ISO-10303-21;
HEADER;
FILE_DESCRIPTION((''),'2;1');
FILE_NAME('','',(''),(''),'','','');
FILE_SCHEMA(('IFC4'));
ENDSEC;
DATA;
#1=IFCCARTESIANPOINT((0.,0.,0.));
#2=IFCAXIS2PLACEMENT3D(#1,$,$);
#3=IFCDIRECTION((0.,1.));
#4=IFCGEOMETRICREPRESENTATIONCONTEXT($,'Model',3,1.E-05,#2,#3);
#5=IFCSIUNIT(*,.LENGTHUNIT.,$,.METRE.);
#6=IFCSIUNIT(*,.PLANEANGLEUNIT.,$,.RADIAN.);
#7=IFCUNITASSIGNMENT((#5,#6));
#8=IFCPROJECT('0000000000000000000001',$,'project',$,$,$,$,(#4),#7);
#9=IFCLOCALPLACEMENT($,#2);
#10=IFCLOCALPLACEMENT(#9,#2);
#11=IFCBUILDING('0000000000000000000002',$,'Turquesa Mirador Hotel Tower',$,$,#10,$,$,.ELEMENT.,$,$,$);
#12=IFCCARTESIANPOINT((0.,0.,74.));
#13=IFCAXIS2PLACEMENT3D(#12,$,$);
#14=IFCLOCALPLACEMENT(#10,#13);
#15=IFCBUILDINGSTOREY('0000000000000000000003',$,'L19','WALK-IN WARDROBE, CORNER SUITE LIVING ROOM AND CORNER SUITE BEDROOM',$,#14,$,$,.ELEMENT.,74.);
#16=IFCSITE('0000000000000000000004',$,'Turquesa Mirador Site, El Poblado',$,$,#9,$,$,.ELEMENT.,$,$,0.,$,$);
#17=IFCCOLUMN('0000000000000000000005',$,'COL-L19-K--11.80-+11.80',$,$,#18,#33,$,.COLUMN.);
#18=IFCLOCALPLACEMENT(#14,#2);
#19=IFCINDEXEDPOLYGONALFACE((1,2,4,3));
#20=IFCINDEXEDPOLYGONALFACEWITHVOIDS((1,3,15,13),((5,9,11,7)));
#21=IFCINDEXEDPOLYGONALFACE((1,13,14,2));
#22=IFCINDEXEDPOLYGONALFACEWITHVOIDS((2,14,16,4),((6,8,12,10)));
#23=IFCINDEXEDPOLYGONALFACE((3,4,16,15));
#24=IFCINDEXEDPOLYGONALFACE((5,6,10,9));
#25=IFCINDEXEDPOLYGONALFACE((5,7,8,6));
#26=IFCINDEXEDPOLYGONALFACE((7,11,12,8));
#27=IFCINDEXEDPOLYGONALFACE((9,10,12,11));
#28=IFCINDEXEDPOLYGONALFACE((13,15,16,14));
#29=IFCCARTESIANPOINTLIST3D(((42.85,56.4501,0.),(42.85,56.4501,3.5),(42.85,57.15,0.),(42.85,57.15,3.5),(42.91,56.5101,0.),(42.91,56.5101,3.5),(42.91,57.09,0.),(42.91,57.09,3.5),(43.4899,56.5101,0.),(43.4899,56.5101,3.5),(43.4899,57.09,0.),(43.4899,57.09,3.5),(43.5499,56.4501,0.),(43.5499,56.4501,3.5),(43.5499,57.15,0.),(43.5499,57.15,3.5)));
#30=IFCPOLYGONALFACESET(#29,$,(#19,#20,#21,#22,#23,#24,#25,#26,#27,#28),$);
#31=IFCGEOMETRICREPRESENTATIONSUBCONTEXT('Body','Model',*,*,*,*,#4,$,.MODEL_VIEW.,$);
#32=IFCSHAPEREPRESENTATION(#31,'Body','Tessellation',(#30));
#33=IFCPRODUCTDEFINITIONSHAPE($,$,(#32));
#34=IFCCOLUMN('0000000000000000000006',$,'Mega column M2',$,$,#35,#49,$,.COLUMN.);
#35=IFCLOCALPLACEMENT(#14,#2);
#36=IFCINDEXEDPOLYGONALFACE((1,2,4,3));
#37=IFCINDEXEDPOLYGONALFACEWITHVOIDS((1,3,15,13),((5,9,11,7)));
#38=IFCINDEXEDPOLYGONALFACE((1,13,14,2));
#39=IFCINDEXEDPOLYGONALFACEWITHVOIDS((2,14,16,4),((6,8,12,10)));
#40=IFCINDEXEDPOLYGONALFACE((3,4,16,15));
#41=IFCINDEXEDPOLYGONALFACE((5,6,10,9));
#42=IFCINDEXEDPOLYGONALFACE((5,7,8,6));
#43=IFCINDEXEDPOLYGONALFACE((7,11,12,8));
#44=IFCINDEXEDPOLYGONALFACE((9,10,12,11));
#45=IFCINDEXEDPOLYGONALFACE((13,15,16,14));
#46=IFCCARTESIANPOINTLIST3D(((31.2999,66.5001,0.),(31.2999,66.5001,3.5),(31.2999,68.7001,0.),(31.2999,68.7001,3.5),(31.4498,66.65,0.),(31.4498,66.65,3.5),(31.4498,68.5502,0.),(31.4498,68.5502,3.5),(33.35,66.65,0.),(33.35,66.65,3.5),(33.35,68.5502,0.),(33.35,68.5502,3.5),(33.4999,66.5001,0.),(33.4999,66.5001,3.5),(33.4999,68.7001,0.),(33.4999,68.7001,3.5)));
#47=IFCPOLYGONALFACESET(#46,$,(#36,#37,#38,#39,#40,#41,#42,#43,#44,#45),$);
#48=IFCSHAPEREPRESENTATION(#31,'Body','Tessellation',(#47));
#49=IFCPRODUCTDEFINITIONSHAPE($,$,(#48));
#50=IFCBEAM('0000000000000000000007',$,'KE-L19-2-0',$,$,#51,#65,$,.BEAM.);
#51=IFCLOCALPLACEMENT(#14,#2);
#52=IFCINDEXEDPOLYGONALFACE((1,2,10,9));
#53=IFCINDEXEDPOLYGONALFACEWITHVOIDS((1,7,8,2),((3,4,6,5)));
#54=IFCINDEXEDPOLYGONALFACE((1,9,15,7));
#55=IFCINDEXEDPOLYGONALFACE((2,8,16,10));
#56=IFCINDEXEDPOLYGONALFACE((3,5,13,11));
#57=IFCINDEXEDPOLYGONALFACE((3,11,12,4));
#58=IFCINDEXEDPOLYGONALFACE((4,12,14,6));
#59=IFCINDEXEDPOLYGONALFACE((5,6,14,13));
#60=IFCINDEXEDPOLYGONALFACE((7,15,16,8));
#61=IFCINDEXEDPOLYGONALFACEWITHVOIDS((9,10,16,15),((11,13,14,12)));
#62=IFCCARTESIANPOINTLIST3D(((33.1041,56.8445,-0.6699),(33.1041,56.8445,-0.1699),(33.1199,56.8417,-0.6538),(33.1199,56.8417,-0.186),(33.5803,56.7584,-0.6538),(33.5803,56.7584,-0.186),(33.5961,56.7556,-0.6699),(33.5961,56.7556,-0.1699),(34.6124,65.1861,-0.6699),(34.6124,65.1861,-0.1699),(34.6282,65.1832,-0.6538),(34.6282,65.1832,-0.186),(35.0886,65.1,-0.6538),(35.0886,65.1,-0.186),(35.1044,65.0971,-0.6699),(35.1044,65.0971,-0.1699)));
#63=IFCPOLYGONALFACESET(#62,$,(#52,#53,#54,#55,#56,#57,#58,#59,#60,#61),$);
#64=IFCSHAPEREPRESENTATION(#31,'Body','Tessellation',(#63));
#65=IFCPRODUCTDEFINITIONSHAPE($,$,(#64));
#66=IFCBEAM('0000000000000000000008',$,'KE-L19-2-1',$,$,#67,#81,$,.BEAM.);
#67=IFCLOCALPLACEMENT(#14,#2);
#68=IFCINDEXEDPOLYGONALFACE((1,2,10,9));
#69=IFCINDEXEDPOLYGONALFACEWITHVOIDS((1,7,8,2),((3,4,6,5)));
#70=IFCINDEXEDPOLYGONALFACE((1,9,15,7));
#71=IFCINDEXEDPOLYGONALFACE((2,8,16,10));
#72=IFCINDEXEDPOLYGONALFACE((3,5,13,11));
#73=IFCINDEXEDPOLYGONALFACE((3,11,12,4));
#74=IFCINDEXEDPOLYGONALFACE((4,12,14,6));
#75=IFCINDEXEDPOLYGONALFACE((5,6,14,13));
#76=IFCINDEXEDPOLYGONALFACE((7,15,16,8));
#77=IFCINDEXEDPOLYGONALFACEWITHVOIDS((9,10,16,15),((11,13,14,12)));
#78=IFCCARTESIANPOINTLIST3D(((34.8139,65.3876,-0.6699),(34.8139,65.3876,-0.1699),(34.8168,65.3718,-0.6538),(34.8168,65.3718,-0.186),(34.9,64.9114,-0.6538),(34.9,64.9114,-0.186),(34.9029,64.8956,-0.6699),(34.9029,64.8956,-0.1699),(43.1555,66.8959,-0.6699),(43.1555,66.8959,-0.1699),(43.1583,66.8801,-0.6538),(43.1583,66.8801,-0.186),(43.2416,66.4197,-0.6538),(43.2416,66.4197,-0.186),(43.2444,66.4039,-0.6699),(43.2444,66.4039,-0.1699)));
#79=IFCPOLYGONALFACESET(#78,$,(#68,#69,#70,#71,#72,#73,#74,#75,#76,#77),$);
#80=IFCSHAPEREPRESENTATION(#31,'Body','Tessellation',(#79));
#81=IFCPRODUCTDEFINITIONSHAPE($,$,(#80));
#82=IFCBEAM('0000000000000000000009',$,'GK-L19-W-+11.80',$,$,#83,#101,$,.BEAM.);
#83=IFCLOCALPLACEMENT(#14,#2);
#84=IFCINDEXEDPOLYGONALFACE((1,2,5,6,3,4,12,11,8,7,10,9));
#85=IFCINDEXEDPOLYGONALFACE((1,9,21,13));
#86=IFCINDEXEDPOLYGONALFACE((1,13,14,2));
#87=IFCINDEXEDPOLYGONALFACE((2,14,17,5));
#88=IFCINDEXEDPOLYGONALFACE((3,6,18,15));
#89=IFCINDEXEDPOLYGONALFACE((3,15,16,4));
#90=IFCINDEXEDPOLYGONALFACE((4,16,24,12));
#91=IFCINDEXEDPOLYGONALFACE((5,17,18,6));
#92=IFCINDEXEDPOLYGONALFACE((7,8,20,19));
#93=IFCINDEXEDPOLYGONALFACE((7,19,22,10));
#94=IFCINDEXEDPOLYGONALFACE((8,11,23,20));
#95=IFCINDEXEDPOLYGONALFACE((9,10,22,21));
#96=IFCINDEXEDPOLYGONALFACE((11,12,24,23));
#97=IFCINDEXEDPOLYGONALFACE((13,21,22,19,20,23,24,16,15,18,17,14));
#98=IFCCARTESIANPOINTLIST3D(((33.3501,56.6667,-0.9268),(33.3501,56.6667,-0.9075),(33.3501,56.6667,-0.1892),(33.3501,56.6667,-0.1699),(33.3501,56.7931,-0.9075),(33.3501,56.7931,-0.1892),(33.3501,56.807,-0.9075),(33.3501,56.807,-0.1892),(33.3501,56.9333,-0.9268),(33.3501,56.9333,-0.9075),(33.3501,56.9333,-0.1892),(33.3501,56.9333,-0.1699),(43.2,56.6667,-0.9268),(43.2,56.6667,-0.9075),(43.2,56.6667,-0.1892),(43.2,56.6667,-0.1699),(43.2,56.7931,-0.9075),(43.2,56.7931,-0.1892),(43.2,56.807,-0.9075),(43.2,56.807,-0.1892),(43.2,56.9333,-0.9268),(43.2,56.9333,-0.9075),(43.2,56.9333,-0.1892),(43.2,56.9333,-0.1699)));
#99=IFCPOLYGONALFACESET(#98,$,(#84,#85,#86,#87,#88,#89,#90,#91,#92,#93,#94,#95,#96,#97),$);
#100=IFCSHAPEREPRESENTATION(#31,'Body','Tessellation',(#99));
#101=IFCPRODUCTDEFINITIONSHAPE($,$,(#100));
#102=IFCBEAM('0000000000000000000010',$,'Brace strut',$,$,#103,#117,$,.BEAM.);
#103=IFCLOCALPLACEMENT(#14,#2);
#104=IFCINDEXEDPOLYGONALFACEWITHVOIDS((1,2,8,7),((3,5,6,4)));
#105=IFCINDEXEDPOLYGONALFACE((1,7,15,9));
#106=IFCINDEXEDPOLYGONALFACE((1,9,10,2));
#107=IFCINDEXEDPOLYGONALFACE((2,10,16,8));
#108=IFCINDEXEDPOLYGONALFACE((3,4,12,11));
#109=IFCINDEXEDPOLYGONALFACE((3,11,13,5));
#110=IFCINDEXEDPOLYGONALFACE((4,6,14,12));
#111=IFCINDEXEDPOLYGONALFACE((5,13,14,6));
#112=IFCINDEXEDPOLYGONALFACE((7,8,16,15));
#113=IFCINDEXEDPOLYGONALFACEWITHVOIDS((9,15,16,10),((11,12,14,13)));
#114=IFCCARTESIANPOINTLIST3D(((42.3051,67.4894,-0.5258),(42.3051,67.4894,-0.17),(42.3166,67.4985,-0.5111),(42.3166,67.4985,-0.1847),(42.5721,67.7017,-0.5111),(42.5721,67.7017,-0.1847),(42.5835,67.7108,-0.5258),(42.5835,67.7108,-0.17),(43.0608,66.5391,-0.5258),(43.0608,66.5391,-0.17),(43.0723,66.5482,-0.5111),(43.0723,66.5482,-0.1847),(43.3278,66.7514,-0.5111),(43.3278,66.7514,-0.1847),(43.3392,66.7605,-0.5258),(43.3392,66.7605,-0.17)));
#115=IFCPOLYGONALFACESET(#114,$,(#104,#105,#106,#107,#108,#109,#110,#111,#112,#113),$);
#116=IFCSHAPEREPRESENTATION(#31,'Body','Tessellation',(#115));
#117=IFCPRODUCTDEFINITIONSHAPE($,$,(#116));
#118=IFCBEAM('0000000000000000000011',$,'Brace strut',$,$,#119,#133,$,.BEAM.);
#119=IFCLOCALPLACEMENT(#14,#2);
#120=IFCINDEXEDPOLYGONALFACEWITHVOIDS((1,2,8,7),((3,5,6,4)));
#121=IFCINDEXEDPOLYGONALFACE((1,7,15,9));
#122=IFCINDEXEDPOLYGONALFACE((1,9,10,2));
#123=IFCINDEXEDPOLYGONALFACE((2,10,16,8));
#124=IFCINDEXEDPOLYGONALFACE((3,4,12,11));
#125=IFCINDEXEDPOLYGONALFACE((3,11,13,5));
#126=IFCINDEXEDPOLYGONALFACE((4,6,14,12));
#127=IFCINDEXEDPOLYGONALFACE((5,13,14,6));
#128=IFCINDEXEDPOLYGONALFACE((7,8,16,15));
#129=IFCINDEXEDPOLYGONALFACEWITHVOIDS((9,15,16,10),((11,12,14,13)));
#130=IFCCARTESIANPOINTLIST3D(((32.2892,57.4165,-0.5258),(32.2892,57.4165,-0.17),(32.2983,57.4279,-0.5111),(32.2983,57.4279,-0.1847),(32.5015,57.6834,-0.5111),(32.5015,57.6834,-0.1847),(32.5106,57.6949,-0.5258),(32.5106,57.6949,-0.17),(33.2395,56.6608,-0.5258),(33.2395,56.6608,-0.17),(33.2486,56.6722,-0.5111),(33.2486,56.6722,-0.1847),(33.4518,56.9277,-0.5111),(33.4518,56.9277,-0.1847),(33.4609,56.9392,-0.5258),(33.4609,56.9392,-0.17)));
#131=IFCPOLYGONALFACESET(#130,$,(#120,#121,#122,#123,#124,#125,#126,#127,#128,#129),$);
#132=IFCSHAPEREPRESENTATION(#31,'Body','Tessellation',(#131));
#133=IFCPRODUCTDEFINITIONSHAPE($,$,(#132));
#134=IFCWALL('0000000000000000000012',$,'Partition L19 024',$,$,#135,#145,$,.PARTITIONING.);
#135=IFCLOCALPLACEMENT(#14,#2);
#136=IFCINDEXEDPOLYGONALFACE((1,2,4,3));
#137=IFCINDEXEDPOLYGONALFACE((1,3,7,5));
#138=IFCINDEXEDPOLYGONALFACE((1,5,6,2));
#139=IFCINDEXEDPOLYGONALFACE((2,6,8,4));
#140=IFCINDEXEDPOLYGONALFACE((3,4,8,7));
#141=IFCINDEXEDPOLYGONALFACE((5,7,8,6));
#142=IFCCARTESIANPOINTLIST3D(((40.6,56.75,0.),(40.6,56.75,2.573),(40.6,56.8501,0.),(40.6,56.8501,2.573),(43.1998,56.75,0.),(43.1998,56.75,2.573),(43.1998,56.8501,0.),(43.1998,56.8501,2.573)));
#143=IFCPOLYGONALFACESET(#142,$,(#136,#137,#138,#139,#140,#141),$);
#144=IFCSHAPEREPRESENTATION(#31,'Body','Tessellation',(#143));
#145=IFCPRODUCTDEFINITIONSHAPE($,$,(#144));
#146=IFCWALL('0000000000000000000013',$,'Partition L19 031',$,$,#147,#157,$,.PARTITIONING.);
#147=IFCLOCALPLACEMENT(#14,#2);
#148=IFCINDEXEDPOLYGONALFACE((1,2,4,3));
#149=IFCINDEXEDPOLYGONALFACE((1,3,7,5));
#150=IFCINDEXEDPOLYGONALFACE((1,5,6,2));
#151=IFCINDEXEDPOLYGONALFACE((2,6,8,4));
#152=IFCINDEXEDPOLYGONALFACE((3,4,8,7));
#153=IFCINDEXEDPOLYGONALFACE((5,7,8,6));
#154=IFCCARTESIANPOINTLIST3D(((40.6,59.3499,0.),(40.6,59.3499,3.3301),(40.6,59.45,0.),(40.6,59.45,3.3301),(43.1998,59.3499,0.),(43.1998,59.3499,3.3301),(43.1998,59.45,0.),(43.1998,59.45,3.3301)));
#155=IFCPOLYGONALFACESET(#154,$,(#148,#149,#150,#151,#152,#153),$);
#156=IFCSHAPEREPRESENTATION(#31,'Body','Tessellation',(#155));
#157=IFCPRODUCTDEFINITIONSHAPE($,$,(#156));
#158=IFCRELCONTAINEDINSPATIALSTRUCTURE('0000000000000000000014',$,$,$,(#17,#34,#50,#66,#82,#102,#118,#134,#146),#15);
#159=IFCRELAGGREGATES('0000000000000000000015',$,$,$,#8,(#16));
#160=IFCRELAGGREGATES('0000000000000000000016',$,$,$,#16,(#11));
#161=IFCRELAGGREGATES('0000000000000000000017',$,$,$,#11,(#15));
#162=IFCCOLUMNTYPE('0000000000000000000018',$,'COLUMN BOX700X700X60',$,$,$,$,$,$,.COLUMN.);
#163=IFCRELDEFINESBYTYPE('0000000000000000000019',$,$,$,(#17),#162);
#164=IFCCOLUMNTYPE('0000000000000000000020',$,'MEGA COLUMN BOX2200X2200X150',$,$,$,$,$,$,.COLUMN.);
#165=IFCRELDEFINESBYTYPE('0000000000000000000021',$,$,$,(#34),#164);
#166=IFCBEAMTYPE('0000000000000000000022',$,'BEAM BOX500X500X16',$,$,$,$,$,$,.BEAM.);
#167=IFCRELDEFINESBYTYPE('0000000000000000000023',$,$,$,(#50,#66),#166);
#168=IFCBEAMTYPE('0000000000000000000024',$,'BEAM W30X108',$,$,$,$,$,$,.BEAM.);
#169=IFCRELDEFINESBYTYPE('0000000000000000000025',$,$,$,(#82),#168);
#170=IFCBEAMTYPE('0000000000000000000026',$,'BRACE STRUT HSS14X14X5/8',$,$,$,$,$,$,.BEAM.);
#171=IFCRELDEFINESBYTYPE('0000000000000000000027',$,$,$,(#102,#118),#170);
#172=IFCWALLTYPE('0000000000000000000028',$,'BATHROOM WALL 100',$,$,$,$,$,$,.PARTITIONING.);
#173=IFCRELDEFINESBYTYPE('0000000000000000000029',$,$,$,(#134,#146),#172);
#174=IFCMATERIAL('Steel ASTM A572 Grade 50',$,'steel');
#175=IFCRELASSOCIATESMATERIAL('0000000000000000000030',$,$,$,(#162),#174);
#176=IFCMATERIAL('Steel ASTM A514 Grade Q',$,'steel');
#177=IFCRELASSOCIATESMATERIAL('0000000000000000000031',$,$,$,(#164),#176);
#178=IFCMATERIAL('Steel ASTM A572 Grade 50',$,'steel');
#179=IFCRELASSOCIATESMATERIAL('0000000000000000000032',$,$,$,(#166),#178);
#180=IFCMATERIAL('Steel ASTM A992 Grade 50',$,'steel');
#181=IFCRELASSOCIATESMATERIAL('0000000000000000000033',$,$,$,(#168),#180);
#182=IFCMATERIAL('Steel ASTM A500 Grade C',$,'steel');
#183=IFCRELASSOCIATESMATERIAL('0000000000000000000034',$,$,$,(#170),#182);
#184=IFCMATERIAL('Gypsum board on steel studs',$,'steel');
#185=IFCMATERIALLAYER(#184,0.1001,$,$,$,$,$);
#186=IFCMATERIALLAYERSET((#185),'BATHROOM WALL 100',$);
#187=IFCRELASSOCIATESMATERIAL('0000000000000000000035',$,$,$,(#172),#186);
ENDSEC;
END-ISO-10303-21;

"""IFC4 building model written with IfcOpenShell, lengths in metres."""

from ifc_helpers import new_model, si_unit, direction, frame, frame_2d, origin, origin_2d, place, context, subcontext, project, spatial, rectangle, hollow_rectangle, i_section, extrude, material, layer, layer_set, material_profile, profile_set, type_object, element, save


model = new_model("IFC4")

# Units and contexts
model_context = context("Model", 3, precision=1e-05, world=origin(), true_north=direction((0.0, 1.0)))
body_context = subcontext(model_context, "Body", "Model", "MODEL_VIEW")
ifc_project = project(units=[si_unit("LENGTHUNIT", "METRE"), si_unit("PLANEANGLEUNIT", "RADIAN")], contexts=[model_context])

# Site, building, storey
site_placement = place(None, origin())
site = spatial("IfcSite", under=ifc_project, at=site_placement, Name="Turquesa Mirador Site, El Poblado", CompositionType="ELEMENT", RefElevation=0.0)
building_placement = place(site_placement, origin())
building = spatial("IfcBuilding", under=site, at=building_placement, Name="Turquesa Mirador Hotel Tower", CompositionType="ELEMENT")
storey_placement = place(building_placement, frame((0.0, 0.0, 74.0)))
storey = spatial("IfcBuildingStorey", under=building, at=storey_placement, Name="L19", Description="WALK-IN WARDROBE, CORNER SUITE LIVING ROOM AND CORNER SUITE BEDROOM", CompositionType="ELEMENT", Elevation=74.0)

# Columns
ifc_material_1 = material(Name="Steel ASTM A572 Grade 50", Category="steel")
ifc_material_profile_1 = material_profile(ifc_material_1, hollow_rectangle(XDim=0.7, YDim=0.7, WallThickness=0.0601, at=origin_2d()), Name="BOX700X700X60")
ifc_profile_set_1 = profile_set([ifc_material_profile_1], Name="Steel ASTM A572 Grade 50")
column_type_1 = type_object("IfcColumnType", Name="COLUMN BOX700X700X60", PredefinedType="COLUMN", material=ifc_profile_set_1)
column_1_placement = place(storey_placement, frame((43.2, 56.8, 0.0), z_axis=(0.0, 0.0, 1.0), x_axis=(1.0, 0.0, 0.0)))
element("IfcColumn", 1, at=column_1_placement, inside=storey, type_object=column_type_1, Name="COL-L19-K--11.80-+11.80", PredefinedType="COLUMN", context=body_context, shape_type="SweptSolid", body=[
    extrude(hollow_rectangle(XDim=0.7, YDim=0.7, WallThickness=0.0601, at=origin_2d()), origin(), (0.0, 0.0, 1.0), 3.5),
])
ifc_material_2 = material(Name="Steel ASTM A514 Grade Q", Category="steel")
ifc_material_profile_2 = material_profile(ifc_material_2, hollow_rectangle(XDim=2.2, YDim=2.2, WallThickness=0.1499, at=origin_2d()), Name="BOX2200X2200X150")
ifc_profile_set_2 = profile_set([ifc_material_profile_2], Name="Steel ASTM A514 Grade Q")
column_type_2 = type_object("IfcColumnType", Name="MEGA COLUMN BOX2200X2200X150", PredefinedType="COLUMN", material=ifc_profile_set_2)
column_2_placement = place(storey_placement, frame((32.3999, 67.6001, 0.0), z_axis=(0.0, 0.0, 1.0), x_axis=(1.0, 0.0, 0.0)))
element("IfcColumn", 2, at=column_2_placement, inside=storey, type_object=column_type_2, Name="Mega column M2", PredefinedType="COLUMN", context=body_context, shape_type="SweptSolid", body=[
    extrude(hollow_rectangle(XDim=2.2, YDim=2.2, WallThickness=0.1499, at=origin_2d()), origin(), (0.0, 0.0, 1.0), 3.5),
])

# Beams
ifc_material_3 = material(Name="Steel ASTM A572 Grade 50", Category="steel")
ifc_material_profile_3 = material_profile(ifc_material_3, hollow_rectangle(XDim=0.5, YDim=0.5, WallThickness=0.0161, at=origin_2d()), Name="BOX500X500X16")
ifc_profile_set_3 = profile_set([ifc_material_profile_3], Name="Steel ASTM A572 Grade 50")
beam_type_1 = type_object("IfcBeamType", Name="BEAM BOX500X500X16", PredefinedType="BEAM", material=ifc_profile_set_3)
for number, where, z_axis, x_axis, name in (
    (3, (33.3501, 56.8, -0.4199), (0.177932, 0.984043, 0.0), (-0.984043, 0.177932, 0.0), "KE-L19-2-0"),
    (4, (34.8584, 65.1416, -0.4199), (0.984043, 0.177932, 0.0), (-0.177932, 0.984043, 0.0), "KE-L19-2-1"),
):
    element("IfcBeam", number, at=place(storey_placement, frame(where, z_axis=z_axis, x_axis=x_axis)), inside=storey, type_object=beam_type_1, Name=name, PredefinedType="BEAM", context=body_context, shape_type="SweptSolid", body=[
        extrude(hollow_rectangle(XDim=0.5, YDim=0.5, WallThickness=0.0161, at=origin_2d()), origin(), (0.0, 0.0, 1.0), 8.4768),
    ])
ifc_material_4 = material(Name="Steel ASTM A992 Grade 50", Category="steel")
ifc_material_profile_4 = material_profile(ifc_material_4, i_section(OverallWidth=0.2666, OverallDepth=0.7568, WebThickness=0.0139, FlangeThickness=0.0193, at=origin_2d()), Name="W30X108")
ifc_profile_set_4 = profile_set([ifc_material_profile_4], Name="Steel ASTM A992 Grade 50")
beam_type_2 = type_object("IfcBeamType", Name="BEAM W30X108", PredefinedType="BEAM", material=ifc_profile_set_4)
beam_placement = place(storey_placement, frame((33.3501, 56.8, -0.5483), z_axis=(1.0, 0.0, 0.0), x_axis=(0.0, 1.0, 0.0)))
element("IfcBeam", 5, at=beam_placement, inside=storey, type_object=beam_type_2, Name="GK-L19-W-+11.80", PredefinedType="BEAM", context=body_context, shape_type="SweptSolid", body=[
    extrude(i_section(OverallWidth=0.2666, OverallDepth=0.7568, WebThickness=0.0139, FlangeThickness=0.0193, at=origin_2d()), origin(), (0.0, 0.0, 1.0), 9.8499),
])
ifc_material_5 = material(Name="Steel ASTM A500 Grade C", Category="steel")
ifc_material_profile_5 = material_profile(ifc_material_5, hollow_rectangle(XDim=0.3557, YDim=0.3557, WallThickness=0.0146, at=origin_2d()), Name="HSS14X14X5/8")
ifc_profile_set_5 = profile_set([ifc_material_profile_5], Name="Steel ASTM A500 Grade C")
beam_type_3 = type_object("IfcBeamType", Name="BRACE STRUT HSS14X14X5/8", PredefinedType="BEAM", material=ifc_profile_set_5)
for number, where, z_axis, x_axis, name in (
    (6, (42.4443, 67.6001, -0.3479), (0.622412, -0.78269, 0.0), (0.78269, 0.622412, 0.0), "Brace strut"),
    (7, (32.3999, 57.5557, -0.3479), (0.78269, -0.622412, 0.0), (0.622412, 0.78269, 0.0), "Brace strut"),
):
    element("IfcBeam", number, at=place(storey_placement, frame(where, z_axis=z_axis, x_axis=x_axis)), inside=storey, type_object=beam_type_3, Name=name, PredefinedType="BEAM", context=body_context, shape_type="SweptSolid", body=[
        extrude(hollow_rectangle(XDim=0.3557, YDim=0.3557, WallThickness=0.0146, at=origin_2d()), origin(), (0.0, 0.0, 1.0), 1.2141),
    ])

# Walls
ifc_material_6 = material(Name="Gypsum board on steel studs", Category="steel")
ifc_layer_1 = layer(ifc_material_6, 0.1001)
ifc_layer_set_1 = layer_set([ifc_layer_1], Name="BATHROOM WALL 100")
wall_type_1 = type_object("IfcWallType", Name="BATHROOM WALL 100", PredefinedType="PARTITIONING", material=ifc_layer_set_1)
wall_1_placement = place(storey_placement, frame((40.6001, 56.8, 0.0), z_axis=(0.0, 0.0, 1.0), x_axis=(1.0, 0.0, 0.0)))
element("IfcWall", 8, at=wall_1_placement, inside=storey, type_object=wall_type_1, Name="Partition L19 024", PredefinedType="PARTITIONING", context=body_context, shape_type="SweptSolid", body=[
    extrude(rectangle(XDim=2.5999, YDim=0.1001, at=frame_2d((1.2998, 0.0))), origin(), (0.0, 0.0, 1.0), 2.573),
])
wall_2_placement = place(storey_placement, frame((40.6001, 59.3999, 0.0), z_axis=(0.0, 0.0, 1.0), x_axis=(1.0, 0.0, 0.0)))
element("IfcWall", 9, at=wall_2_placement, inside=storey, type_object=wall_type_1, Name="Partition L19 031", PredefinedType="PARTITIONING", context=body_context, shape_type="SweptSolid", body=[
    extrude(rectangle(XDim=2.5999, YDim=0.1001, at=frame_2d((1.2998, 0.0))), origin(), (0.0, 0.0, 1.0), 3.3301),
])

save(model, "model.ifc")
